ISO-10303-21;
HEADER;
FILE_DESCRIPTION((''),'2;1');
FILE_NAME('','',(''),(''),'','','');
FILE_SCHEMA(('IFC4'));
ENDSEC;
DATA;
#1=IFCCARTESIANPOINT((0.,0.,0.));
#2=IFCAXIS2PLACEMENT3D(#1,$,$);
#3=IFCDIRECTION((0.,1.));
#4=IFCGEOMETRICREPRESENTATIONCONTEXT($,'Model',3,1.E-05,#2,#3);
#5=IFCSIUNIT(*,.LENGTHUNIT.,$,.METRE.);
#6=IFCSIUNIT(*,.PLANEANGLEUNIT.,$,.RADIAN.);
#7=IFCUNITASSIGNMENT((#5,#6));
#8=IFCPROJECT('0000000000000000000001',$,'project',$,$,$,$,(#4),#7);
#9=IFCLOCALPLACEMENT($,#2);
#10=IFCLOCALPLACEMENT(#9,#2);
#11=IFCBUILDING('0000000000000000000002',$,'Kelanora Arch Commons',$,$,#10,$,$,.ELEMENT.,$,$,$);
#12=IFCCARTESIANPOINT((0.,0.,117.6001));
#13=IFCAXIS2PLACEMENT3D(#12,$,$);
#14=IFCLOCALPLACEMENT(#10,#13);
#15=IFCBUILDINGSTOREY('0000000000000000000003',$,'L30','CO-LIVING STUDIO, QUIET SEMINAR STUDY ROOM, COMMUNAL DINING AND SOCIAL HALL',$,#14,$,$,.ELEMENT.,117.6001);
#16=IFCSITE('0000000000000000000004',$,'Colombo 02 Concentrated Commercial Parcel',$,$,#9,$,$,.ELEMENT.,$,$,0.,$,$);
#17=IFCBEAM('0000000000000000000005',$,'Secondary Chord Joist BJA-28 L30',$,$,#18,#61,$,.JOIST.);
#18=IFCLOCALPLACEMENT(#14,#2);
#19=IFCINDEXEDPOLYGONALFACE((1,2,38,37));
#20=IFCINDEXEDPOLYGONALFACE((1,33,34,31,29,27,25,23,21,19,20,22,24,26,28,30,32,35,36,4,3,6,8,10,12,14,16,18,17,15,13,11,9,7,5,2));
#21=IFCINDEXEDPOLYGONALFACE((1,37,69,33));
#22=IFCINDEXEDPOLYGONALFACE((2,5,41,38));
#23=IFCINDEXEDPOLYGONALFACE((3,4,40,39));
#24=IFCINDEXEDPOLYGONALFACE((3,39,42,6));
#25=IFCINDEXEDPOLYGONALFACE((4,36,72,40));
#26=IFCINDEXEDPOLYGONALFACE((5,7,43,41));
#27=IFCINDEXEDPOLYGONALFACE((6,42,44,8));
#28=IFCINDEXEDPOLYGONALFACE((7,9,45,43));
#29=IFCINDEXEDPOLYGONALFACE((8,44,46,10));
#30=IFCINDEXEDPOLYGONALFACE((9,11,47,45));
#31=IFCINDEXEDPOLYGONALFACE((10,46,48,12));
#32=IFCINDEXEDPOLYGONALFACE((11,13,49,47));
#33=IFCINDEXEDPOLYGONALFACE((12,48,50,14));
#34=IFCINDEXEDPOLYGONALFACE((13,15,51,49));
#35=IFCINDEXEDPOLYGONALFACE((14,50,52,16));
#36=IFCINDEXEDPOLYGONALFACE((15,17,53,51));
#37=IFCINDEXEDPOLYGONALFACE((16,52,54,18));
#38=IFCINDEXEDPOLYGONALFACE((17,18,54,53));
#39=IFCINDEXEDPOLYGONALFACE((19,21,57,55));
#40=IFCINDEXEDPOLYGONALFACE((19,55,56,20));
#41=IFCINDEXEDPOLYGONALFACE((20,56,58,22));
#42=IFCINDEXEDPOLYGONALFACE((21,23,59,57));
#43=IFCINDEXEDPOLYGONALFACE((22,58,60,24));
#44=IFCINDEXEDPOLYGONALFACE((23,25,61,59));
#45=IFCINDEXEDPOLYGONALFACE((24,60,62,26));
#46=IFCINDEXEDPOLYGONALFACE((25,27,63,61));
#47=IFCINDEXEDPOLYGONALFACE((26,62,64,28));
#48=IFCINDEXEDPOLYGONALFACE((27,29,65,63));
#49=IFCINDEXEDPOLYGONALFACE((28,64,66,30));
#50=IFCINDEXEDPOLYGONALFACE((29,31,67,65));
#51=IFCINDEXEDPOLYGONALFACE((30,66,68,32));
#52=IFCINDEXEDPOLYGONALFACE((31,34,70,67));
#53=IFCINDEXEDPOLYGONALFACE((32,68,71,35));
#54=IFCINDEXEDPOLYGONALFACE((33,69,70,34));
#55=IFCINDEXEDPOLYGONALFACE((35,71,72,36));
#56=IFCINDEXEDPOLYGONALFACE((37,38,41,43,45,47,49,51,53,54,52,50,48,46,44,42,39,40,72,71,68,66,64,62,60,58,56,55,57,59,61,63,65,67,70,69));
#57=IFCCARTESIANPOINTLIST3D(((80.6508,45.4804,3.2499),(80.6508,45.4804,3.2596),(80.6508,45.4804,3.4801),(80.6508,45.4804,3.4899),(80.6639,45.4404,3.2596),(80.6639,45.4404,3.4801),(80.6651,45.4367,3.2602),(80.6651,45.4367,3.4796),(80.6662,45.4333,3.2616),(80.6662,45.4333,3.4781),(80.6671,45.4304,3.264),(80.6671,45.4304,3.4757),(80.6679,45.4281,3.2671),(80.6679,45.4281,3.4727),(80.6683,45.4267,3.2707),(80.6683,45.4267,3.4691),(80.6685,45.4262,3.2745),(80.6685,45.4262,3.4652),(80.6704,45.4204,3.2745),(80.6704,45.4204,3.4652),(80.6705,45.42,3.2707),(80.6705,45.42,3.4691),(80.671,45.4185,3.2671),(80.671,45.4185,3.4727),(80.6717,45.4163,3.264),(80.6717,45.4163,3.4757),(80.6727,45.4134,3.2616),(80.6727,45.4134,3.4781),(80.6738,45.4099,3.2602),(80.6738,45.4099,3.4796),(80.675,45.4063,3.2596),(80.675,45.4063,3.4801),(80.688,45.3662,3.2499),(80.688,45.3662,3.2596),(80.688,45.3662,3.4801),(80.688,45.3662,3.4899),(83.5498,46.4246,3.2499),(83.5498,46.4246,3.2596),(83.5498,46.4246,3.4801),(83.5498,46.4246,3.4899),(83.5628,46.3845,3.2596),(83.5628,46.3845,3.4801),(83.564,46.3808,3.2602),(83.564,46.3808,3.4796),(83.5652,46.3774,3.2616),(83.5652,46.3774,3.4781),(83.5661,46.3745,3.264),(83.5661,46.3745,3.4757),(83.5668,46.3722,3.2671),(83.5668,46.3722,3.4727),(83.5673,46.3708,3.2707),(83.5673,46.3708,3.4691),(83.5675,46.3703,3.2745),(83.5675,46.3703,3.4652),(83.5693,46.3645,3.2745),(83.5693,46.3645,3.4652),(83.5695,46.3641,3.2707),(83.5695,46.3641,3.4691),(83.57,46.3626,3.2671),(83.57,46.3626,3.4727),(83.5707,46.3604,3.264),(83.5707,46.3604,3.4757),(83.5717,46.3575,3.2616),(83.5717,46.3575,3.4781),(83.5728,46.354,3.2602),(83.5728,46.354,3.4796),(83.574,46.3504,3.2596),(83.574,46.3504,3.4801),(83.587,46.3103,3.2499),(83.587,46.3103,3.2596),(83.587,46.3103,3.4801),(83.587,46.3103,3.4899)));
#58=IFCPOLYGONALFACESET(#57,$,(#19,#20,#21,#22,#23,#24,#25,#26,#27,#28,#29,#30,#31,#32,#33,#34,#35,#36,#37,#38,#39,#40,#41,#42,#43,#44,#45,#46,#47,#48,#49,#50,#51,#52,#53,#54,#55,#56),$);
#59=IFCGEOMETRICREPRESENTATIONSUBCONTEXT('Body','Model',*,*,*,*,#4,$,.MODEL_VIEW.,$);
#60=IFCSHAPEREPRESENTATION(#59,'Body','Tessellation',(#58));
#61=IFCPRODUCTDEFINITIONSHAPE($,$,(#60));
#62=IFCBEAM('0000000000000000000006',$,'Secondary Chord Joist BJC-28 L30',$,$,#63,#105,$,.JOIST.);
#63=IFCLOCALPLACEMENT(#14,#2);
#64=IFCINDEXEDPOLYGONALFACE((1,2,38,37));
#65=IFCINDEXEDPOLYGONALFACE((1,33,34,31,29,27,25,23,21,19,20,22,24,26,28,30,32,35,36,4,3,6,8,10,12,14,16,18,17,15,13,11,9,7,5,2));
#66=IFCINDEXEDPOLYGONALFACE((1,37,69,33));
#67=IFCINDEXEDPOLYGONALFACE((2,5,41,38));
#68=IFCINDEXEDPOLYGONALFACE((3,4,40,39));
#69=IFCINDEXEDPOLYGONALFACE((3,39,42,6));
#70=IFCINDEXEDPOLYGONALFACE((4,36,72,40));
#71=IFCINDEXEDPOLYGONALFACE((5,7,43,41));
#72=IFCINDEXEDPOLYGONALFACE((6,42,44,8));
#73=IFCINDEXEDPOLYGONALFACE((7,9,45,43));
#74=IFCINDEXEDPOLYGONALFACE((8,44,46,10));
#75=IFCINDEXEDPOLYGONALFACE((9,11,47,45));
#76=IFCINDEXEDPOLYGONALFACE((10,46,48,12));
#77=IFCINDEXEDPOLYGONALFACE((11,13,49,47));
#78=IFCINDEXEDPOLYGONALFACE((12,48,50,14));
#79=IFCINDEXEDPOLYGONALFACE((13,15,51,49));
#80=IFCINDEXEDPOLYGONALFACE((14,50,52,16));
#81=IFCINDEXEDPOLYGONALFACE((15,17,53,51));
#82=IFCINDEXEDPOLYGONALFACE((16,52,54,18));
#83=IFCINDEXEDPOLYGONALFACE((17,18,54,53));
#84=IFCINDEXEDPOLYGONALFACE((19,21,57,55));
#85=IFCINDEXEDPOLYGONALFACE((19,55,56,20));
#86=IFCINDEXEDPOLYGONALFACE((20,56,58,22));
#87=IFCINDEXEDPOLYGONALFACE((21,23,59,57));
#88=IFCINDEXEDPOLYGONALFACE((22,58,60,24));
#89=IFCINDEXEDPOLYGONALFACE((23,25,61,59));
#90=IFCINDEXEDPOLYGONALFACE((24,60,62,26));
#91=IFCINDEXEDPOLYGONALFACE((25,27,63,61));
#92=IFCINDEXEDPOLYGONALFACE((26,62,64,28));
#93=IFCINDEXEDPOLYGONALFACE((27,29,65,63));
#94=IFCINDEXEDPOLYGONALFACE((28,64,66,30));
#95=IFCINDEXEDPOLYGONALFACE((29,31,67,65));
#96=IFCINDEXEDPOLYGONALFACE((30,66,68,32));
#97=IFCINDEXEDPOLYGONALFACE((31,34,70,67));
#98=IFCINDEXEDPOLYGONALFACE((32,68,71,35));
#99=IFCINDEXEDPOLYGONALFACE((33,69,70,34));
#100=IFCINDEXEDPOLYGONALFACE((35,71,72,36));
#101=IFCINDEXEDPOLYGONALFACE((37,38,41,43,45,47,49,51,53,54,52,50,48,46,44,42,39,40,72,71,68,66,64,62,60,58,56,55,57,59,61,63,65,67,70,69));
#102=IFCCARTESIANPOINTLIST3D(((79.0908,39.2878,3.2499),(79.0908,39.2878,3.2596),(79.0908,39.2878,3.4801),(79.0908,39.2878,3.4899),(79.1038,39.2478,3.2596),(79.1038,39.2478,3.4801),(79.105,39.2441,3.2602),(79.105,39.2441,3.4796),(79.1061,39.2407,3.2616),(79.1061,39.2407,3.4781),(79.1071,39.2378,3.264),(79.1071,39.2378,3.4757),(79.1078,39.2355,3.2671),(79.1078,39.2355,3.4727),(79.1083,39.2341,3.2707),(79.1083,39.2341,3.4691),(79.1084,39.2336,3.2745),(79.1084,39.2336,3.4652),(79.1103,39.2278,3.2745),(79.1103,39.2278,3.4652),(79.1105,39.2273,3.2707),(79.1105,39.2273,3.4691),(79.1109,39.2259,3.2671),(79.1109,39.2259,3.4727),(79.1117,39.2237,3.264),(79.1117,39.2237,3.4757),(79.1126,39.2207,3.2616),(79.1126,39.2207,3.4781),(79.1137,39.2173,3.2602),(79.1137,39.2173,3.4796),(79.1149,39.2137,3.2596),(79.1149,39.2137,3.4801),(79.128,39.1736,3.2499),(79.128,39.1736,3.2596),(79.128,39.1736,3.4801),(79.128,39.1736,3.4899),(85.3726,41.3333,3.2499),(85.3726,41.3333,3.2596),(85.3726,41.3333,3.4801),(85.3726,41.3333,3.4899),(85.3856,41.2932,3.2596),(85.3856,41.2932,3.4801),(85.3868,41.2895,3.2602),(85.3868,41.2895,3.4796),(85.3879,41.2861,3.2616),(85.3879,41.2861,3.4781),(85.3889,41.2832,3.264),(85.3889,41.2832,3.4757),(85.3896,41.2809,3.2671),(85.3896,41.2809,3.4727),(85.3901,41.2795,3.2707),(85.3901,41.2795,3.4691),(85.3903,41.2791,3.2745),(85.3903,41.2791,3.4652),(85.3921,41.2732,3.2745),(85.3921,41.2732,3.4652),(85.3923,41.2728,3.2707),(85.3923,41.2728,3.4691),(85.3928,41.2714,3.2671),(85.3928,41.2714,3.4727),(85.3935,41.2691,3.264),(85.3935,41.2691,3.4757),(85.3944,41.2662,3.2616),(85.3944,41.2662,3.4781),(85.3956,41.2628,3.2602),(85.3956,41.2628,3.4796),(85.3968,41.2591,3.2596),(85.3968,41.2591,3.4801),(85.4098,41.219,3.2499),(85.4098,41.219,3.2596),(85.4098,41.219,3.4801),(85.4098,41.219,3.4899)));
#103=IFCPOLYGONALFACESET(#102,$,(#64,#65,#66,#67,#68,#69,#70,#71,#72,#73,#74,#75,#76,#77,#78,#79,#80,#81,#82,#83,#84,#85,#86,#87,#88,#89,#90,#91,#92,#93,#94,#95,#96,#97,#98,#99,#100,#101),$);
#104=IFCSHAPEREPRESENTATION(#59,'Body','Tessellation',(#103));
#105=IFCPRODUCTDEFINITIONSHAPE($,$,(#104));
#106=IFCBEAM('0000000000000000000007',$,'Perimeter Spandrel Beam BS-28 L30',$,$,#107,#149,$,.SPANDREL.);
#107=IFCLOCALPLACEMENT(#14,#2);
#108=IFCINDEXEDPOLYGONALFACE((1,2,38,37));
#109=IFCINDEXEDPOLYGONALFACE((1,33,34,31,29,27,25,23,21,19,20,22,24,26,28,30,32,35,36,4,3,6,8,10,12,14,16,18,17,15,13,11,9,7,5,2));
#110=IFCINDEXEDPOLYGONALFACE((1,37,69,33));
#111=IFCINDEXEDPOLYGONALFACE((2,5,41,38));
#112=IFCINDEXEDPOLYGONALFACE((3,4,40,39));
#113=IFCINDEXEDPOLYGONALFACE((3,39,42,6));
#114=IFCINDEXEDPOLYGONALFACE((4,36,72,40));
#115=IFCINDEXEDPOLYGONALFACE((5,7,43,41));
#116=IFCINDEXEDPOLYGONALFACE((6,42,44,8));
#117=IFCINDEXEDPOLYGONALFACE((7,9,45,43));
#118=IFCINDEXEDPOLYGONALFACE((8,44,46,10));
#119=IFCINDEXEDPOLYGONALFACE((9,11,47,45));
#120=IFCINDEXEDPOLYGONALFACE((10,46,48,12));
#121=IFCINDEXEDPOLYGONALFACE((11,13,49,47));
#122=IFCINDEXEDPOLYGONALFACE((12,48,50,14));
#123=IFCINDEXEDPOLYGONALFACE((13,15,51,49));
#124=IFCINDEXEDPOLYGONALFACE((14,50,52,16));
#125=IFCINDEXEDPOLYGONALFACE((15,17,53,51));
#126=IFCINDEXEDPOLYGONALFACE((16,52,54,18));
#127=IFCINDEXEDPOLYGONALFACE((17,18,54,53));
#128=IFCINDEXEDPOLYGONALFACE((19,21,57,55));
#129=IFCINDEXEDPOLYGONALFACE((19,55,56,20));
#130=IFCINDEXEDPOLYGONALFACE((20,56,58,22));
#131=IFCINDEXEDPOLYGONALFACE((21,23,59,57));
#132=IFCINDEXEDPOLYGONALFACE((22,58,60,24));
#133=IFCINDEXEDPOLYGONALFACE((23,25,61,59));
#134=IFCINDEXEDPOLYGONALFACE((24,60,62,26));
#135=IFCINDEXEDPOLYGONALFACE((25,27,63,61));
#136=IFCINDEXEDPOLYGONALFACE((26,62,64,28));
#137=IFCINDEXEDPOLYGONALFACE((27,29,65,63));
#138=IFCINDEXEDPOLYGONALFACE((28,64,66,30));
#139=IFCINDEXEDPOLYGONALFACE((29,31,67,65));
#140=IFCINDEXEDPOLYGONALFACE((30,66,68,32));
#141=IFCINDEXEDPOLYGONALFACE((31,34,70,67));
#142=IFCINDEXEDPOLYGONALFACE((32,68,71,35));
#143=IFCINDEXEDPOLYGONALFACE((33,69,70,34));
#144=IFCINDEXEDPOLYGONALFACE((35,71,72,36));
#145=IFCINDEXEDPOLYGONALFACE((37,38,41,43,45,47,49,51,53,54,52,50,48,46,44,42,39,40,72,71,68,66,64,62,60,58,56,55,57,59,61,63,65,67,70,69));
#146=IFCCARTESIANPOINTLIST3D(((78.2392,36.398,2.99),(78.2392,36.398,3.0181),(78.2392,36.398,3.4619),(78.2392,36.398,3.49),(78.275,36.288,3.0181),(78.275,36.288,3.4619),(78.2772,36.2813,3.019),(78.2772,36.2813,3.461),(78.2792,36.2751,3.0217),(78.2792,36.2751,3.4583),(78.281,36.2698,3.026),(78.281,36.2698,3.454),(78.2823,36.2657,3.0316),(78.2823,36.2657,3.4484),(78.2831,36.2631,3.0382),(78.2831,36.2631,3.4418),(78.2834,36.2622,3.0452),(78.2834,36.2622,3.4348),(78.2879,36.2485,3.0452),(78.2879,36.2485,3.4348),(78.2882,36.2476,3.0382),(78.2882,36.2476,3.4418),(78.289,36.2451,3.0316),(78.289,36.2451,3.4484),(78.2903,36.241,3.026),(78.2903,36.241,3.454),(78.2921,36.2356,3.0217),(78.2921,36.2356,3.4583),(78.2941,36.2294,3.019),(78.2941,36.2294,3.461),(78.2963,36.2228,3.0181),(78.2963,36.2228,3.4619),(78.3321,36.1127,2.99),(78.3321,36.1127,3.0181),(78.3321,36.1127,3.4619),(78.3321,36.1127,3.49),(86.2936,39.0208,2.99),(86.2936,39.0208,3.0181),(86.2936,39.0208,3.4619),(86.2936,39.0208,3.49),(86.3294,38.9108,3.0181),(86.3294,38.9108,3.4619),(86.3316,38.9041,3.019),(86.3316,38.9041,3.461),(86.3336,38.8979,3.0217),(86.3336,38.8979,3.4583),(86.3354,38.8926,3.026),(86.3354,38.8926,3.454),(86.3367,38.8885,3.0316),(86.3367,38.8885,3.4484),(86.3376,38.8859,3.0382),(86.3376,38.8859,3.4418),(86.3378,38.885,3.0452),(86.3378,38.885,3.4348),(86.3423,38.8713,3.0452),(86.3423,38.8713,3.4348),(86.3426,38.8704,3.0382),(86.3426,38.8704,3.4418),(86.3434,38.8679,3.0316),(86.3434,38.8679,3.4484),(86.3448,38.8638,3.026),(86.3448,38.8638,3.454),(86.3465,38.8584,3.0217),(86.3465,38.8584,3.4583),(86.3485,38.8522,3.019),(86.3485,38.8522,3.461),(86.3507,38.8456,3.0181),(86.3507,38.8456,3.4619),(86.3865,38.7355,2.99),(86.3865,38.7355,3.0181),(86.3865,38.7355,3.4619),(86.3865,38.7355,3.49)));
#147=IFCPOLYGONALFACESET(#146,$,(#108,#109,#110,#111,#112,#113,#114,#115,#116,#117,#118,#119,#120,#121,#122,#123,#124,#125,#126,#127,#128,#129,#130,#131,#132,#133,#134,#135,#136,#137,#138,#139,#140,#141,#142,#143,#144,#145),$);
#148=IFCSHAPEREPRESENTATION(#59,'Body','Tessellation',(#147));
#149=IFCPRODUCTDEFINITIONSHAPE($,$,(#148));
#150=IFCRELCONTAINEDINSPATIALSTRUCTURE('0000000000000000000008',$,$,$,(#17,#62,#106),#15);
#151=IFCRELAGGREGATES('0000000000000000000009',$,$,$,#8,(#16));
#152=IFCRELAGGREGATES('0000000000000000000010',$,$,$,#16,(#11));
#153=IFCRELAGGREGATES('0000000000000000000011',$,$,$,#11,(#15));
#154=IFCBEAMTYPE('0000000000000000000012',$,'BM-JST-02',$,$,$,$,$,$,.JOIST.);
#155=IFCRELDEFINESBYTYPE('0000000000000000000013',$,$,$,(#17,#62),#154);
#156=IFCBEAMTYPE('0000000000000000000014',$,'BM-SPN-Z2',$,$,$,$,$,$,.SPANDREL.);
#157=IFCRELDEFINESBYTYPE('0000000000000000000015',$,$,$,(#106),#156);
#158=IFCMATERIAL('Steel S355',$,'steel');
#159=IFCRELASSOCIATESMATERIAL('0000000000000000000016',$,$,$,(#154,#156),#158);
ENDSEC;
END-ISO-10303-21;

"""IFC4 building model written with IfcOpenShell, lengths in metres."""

from ifc_helpers import new_model, si_unit, direction, frame, origin, origin_2d, place, context, subcontext, project, spatial, i_section, extrude, material, material_profile, profile_set, type_object, element, save


model = new_model("IFC4")

# Units and contexts
model_context = context("Model", 3, precision=1e-05, world=origin(), true_north=direction((0.0, 1.0)))
body_context = subcontext(model_context, "Body", "Model", "MODEL_VIEW")
ifc_project = project(units=[si_unit("LENGTHUNIT", "METRE"), si_unit("PLANEANGLEUNIT", "RADIAN")], contexts=[model_context])

# Site, building, storey
site_placement = place(None, origin())
site = spatial("IfcSite", under=ifc_project, at=site_placement, Name="Colombo 02 Concentrated Commercial Parcel", CompositionType="ELEMENT", RefElevation=0.0)
building_placement = place(site_placement, origin())
building = spatial("IfcBuilding", under=site, at=building_placement, Name="Kelanora Arch Commons", CompositionType="ELEMENT")
storey_placement = place(building_placement, frame((0.0, 0.0, 117.6001)))
storey = spatial("IfcBuildingStorey", under=building, at=storey_placement, Name="L30", Description="CO-LIVING STUDIO, QUIET SEMINAR STUDY ROOM, COMMUNAL DINING AND SOCIAL HALL", CompositionType="ELEMENT", Elevation=117.6001)

# Beams
ifc_material_1 = material(Name="Steel S355", Category="steel")
ifc_material_profile_1 = material_profile(ifc_material_1, i_section(OverallWidth=0.1201, OverallDepth=0.24, WebThickness=0.0061, FlangeThickness=0.0098, FilletRadius=0.0149, at=origin_2d()), Name="IPE240")
ifc_profile_set_1 = profile_set([ifc_material_profile_1], Name="Steel S355")
beam_type_1 = type_object("IfcBeamType", Name="BM-JST-02", PredefinedType="JOIST", material=ifc_profile_set_1)
beam_1_placement = place(storey_placement, frame((80.6694, 45.4233, 3.3699), z_axis=(0.950847, 0.309662, 0.0), x_axis=(-0.309662, 0.950847, 0.0)))
element("IfcBeam", 1, at=beam_1_placement, inside=storey, type_object=beam_type_1, Name="Secondary Chord Joist BJA-28 L30", PredefinedType="JOIST", context=body_context, shape_type="SweptSolid", body=[
    extrude(i_section(OverallWidth=0.1201, OverallDepth=0.24, WebThickness=0.0061, FlangeThickness=0.0098, FilletRadius=0.0149, at=origin_2d()), origin(), (0.0, 0.0, 1.0), 3.0488),
])
beam_2_placement = place(storey_placement, frame((79.1094, 39.2307, 3.3699), z_axis=(0.950863, 0.309612, 0.0), x_axis=(-0.309612, 0.950863, 0.0)))
element("IfcBeam", 2, at=beam_2_placement, inside=storey, type_object=beam_type_1, Name="Secondary Chord Joist BJC-28 L30", PredefinedType="JOIST", context=body_context, shape_type="SweptSolid", body=[
    extrude(i_section(OverallWidth=0.1201, OverallDepth=0.24, WebThickness=0.0061, FlangeThickness=0.0098, FilletRadius=0.0149, at=origin_2d()), origin(), (0.0, 0.0, 1.0), 6.6064),
])
ifc_material_profile_2 = material_profile(ifc_material_1, i_section(OverallWidth=0.3, OverallDepth=0.5, WebThickness=0.0144, FlangeThickness=0.0281, FilletRadius=0.0271, at=origin_2d()), Name="HEB500")
ifc_profile_set_2 = profile_set([ifc_material_profile_2], Name="Steel S355")
beam_type_2 = type_object("IfcBeamType", Name="BM-SPN-Z2", PredefinedType="SPANDREL", material=ifc_profile_set_2)
beam_3_placement = place(storey_placement, frame((78.2856, 36.2554, 3.24), z_axis=(0.950857, 0.309631, 0.0), x_axis=(-0.309631, 0.950857, 0.0)))
element("IfcBeam", 3, at=beam_3_placement, inside=storey, type_object=beam_type_2, Name="Perimeter Spandrel Beam BS-28 L30", PredefinedType="SPANDREL", context=body_context, shape_type="SweptSolid", body=[
    extrude(i_section(OverallWidth=0.3, OverallDepth=0.5, WebThickness=0.0144, FlangeThickness=0.0281, FilletRadius=0.0271, at=origin_2d()), origin(), (0.0, 0.0, 1.0), 8.4707),
])

save(model, "model.ifc")
